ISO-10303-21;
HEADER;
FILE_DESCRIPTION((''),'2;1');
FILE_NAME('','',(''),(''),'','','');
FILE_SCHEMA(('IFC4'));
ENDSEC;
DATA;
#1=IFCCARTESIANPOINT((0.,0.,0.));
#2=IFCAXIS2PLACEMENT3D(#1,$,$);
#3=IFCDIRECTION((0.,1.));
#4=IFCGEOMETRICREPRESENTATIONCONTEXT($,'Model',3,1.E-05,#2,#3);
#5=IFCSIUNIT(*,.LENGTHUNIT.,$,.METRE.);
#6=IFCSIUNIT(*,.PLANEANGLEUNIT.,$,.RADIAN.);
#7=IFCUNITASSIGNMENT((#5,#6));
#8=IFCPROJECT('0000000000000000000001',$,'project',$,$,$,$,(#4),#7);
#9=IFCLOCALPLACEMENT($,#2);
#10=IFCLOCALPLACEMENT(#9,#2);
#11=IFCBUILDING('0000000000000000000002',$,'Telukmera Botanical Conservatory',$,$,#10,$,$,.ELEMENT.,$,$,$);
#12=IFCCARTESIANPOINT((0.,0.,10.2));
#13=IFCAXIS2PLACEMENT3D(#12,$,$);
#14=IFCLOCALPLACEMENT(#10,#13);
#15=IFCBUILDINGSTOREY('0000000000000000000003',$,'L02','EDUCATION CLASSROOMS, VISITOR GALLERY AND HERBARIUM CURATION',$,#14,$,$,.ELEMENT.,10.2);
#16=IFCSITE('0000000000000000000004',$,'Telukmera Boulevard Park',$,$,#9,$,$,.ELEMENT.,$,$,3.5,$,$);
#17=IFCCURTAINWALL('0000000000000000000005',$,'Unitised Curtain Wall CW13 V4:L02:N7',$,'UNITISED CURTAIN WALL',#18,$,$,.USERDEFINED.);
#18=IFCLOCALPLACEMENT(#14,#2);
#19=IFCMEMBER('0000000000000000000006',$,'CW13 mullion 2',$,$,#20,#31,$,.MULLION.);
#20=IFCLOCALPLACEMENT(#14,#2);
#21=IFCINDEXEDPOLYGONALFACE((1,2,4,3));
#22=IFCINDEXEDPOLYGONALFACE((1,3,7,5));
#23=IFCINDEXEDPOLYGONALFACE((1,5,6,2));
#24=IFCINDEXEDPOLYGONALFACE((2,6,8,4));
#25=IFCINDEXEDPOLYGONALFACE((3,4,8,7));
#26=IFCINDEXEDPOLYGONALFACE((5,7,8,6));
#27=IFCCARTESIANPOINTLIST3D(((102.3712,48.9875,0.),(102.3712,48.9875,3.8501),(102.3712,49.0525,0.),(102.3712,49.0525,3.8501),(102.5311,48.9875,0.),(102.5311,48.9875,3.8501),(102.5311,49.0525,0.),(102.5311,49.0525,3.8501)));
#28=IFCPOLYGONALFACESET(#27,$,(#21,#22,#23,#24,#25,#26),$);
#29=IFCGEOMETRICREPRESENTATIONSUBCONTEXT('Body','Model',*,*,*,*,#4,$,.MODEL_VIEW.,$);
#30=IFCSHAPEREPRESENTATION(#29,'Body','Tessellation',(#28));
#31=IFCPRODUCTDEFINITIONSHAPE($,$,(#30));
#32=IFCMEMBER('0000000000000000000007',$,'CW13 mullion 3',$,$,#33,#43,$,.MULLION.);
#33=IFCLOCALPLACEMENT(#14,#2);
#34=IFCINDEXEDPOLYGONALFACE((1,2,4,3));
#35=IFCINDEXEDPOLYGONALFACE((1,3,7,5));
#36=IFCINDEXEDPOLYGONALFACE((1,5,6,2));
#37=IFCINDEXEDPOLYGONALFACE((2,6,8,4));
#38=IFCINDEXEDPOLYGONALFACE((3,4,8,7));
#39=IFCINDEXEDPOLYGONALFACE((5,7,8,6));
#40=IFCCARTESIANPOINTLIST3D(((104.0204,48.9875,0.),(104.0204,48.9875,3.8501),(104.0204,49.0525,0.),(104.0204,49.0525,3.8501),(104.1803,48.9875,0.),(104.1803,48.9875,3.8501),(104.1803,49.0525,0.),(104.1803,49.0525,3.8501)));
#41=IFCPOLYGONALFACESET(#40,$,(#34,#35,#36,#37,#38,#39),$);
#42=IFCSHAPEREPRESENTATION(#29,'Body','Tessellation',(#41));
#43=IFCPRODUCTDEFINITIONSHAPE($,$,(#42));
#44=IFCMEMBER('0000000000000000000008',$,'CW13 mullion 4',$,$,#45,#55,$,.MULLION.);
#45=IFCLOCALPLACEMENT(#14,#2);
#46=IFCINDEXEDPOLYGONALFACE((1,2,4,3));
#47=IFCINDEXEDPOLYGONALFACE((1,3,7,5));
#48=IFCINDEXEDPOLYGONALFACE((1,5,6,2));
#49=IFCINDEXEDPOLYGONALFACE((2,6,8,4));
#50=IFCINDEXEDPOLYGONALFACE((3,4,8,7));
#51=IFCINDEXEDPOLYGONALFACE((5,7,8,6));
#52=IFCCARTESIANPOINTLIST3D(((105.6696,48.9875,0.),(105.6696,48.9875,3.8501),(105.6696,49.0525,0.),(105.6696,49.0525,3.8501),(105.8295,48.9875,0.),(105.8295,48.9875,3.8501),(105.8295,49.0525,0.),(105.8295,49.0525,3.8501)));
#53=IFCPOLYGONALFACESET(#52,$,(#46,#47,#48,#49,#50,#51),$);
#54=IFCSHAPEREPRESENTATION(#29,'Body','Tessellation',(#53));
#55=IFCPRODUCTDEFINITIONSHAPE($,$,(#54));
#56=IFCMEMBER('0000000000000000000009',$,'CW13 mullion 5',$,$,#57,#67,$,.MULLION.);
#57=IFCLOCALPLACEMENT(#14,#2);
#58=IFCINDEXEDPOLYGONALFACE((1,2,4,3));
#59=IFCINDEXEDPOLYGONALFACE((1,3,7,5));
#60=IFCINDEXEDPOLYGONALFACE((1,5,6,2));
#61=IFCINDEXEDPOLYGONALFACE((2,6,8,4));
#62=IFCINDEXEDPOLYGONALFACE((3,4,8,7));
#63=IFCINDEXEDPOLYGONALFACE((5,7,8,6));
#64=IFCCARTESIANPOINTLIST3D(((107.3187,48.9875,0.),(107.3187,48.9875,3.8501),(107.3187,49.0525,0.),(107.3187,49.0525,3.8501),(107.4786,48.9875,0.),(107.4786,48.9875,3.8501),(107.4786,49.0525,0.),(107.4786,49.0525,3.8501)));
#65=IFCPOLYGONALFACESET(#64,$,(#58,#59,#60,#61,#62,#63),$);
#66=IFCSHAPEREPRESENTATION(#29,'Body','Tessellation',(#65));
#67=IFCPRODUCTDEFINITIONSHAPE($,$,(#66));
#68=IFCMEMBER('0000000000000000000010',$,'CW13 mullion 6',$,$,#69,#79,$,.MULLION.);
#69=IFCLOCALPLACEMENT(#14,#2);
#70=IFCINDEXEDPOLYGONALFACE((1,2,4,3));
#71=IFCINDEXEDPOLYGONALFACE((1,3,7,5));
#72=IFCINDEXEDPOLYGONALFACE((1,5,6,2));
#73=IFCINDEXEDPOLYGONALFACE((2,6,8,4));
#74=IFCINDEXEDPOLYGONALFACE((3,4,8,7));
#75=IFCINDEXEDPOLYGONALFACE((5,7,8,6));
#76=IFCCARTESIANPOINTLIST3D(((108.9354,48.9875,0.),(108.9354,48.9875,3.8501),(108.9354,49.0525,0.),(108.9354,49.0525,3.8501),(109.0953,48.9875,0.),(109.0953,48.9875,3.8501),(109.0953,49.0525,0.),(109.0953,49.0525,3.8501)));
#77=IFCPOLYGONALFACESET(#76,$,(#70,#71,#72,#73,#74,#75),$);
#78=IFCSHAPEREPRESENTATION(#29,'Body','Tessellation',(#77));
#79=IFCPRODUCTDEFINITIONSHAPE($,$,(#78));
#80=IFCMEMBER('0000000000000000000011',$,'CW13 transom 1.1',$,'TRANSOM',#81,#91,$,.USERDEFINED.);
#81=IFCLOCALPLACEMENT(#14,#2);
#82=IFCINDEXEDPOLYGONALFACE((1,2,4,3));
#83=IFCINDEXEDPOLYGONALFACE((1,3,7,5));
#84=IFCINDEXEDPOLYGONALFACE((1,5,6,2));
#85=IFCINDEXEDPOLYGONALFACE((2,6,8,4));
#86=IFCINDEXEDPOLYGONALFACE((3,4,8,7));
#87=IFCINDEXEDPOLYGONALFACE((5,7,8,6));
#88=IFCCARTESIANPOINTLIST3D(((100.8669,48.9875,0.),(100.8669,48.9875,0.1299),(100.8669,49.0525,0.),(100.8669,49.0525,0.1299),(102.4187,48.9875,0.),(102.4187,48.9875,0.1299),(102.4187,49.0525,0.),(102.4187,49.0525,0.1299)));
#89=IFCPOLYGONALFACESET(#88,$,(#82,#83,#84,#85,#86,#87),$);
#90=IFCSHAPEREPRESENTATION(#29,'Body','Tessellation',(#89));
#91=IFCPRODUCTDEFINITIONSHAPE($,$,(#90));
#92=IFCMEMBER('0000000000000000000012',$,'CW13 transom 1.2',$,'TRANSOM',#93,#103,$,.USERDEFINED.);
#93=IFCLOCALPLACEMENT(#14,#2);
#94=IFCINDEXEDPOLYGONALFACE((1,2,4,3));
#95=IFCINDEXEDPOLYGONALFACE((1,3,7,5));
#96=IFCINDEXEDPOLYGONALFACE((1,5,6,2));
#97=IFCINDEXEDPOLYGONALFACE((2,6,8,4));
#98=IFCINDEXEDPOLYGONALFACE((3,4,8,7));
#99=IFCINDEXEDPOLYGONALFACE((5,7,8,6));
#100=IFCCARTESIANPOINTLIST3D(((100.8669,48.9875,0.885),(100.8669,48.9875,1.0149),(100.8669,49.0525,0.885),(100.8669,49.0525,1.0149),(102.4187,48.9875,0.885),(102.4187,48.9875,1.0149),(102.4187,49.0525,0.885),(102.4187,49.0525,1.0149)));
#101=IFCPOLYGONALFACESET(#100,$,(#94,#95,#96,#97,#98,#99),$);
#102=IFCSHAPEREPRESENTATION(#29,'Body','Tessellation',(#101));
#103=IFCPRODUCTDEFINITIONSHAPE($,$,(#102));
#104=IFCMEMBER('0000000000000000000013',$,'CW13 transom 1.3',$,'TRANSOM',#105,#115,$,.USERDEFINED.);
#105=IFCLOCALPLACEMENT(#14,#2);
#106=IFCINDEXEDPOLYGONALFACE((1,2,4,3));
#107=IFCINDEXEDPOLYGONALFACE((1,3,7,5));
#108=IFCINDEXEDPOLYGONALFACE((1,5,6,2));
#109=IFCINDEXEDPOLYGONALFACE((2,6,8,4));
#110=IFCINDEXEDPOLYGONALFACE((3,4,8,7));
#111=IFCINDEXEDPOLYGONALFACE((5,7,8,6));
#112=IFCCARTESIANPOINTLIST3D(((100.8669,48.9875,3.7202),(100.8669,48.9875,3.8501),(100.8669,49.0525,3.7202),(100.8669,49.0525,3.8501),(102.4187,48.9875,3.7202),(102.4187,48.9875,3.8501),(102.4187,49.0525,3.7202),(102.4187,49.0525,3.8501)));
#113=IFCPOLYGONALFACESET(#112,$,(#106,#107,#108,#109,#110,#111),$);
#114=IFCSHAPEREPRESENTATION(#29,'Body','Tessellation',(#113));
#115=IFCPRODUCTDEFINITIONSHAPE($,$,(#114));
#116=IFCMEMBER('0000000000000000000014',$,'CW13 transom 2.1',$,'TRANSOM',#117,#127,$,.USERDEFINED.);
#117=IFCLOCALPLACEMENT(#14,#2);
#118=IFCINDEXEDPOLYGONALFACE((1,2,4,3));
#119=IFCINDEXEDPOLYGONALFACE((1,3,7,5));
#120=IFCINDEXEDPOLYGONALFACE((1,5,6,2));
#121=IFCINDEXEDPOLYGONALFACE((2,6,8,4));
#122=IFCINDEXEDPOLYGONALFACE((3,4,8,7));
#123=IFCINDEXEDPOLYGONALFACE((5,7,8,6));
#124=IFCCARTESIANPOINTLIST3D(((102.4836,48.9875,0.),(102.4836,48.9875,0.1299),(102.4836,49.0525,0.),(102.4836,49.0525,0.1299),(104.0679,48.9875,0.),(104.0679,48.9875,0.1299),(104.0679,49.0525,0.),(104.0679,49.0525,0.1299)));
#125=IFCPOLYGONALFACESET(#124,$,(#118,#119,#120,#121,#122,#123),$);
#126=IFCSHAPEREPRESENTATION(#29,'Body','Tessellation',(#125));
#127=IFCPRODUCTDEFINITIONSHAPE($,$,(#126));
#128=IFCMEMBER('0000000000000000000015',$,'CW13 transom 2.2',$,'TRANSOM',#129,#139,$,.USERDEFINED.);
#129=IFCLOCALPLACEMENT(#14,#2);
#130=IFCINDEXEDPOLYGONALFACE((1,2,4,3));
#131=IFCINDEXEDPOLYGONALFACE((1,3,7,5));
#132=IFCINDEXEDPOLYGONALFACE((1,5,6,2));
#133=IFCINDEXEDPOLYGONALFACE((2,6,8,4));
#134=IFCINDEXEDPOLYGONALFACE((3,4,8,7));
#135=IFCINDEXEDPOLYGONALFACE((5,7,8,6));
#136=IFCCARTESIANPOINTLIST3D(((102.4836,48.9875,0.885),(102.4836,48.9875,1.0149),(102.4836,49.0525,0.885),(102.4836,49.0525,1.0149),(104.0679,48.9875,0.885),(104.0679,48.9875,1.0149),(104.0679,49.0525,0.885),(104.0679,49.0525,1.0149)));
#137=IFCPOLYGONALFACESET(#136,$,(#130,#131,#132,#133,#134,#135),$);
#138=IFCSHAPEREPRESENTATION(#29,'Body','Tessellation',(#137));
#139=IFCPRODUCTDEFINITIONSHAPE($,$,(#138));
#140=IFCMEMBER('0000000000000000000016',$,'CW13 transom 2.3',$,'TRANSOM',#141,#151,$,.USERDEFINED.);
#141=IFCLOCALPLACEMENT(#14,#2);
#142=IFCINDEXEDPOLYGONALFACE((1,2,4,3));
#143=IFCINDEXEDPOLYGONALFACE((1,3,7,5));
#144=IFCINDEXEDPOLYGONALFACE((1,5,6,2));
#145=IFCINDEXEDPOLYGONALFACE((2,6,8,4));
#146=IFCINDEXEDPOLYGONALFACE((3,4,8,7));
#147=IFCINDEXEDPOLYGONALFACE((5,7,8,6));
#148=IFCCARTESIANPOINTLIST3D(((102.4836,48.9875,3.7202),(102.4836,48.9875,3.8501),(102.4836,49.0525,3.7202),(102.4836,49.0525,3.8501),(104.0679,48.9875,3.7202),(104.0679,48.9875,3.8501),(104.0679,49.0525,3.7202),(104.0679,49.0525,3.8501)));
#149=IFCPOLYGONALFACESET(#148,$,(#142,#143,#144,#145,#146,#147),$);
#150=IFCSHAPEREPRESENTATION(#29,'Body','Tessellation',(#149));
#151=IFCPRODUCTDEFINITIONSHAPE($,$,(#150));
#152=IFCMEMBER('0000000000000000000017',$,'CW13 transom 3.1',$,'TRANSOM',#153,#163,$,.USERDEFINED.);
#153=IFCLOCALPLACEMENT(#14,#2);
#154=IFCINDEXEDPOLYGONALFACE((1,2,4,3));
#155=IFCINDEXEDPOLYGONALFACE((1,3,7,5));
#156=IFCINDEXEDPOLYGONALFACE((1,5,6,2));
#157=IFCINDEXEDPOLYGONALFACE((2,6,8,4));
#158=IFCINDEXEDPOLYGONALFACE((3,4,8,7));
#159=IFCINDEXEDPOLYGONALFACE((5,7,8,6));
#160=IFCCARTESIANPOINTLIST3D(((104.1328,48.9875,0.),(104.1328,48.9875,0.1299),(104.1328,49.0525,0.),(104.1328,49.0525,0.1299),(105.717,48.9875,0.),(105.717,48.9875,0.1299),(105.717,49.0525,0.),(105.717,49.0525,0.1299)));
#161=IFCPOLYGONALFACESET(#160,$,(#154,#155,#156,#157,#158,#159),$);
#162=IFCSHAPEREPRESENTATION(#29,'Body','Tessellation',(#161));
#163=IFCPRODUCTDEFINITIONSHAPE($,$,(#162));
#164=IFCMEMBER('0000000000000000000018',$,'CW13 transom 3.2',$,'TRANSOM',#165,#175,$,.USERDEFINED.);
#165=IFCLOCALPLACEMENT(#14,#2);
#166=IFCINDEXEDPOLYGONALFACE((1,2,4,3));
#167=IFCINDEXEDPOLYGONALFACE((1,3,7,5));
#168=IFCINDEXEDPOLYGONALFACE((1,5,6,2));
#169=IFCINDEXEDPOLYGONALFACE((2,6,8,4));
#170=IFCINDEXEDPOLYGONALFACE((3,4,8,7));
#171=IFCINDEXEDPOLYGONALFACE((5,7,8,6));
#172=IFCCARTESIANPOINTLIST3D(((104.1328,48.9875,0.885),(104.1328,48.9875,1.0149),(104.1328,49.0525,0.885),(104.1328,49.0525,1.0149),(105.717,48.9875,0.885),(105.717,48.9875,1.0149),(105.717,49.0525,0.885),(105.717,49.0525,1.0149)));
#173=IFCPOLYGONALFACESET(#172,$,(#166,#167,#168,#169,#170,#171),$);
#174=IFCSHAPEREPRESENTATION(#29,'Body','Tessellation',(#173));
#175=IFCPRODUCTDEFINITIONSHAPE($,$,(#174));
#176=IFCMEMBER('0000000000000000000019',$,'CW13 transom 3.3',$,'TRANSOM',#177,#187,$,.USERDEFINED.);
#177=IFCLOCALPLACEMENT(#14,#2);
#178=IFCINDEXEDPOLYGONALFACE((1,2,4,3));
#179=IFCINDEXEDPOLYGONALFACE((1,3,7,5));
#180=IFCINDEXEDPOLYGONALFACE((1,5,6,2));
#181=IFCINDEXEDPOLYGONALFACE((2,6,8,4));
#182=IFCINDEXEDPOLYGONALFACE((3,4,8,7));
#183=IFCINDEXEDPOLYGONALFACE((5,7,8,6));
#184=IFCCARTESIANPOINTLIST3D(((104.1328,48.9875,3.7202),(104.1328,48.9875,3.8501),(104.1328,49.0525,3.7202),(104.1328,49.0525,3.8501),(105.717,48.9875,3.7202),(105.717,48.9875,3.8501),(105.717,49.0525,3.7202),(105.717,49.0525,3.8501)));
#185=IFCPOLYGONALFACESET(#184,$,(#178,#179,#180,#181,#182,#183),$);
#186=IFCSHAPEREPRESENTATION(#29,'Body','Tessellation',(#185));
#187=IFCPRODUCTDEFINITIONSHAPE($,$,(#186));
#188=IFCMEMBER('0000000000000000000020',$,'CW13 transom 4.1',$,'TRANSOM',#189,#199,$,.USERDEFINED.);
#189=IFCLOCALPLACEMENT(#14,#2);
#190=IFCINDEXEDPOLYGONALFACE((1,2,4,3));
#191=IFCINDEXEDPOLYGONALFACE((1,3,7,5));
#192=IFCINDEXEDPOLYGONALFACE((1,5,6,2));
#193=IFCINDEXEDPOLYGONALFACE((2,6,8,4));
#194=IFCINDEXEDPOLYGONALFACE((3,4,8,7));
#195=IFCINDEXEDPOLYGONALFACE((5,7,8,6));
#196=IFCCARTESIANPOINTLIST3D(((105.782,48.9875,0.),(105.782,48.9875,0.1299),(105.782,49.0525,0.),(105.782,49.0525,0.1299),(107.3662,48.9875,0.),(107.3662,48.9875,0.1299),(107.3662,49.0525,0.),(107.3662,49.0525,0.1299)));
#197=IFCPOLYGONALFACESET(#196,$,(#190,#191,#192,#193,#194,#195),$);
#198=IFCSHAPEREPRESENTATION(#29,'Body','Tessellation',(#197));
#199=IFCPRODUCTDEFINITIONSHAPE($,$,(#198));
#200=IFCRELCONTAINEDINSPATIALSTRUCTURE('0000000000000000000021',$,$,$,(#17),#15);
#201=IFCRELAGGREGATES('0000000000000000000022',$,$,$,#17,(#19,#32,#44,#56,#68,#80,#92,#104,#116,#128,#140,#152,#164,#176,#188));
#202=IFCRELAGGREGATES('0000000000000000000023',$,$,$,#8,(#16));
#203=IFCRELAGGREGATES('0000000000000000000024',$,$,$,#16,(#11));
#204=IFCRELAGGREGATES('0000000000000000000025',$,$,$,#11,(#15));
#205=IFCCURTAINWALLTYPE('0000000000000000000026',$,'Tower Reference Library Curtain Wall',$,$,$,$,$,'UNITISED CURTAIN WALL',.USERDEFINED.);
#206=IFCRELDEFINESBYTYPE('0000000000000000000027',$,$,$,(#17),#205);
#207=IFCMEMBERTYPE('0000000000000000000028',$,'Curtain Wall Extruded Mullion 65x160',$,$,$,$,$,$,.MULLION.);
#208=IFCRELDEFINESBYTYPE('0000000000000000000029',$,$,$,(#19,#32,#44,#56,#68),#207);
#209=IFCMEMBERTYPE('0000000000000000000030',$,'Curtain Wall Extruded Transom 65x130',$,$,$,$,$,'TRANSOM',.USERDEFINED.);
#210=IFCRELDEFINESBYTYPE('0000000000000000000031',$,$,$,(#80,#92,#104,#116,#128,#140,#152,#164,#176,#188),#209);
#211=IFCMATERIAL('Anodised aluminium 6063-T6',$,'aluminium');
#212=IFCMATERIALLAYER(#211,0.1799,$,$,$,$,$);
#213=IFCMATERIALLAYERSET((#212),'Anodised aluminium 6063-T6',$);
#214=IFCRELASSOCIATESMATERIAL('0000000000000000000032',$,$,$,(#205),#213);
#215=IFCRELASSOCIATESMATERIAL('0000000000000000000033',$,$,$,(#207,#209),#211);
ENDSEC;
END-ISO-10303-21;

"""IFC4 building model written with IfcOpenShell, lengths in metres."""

from ifc_helpers import new_model, si_unit, direction, frame, origin, origin_2d, place, context, subcontext, project, spatial, rectangle, extrude, material, layer, layer_set, material_profile, profile_set, type_object, element, aggregate, save


model = new_model("IFC4")

# Units and contexts
model_context = context("Model", 3, precision=1e-05, world=origin(), true_north=direction((0.0, 1.0)))
body_context = subcontext(model_context, "Body", "Model", "MODEL_VIEW")
ifc_project = project(units=[si_unit("LENGTHUNIT", "METRE"), si_unit("PLANEANGLEUNIT", "RADIAN")], contexts=[model_context])

# Site, building, storey
site_placement = place(None, origin())
site = spatial("IfcSite", under=ifc_project, at=site_placement, Name="Telukmera Boulevard Park", CompositionType="ELEMENT", RefElevation=3.5)
building_placement = place(site_placement, origin())
building = spatial("IfcBuilding", under=site, at=building_placement, Name="Telukmera Botanical Conservatory", CompositionType="ELEMENT")
storey_placement = place(building_placement, frame((0.0, 0.0, 10.2)))
storey = spatial("IfcBuildingStorey", under=building, at=storey_placement, Name="L02", Description="EDUCATION CLASSROOMS, VISITOR GALLERY AND HERBARIUM CURATION", CompositionType="ELEMENT", Elevation=10.2)

# Curtain wall, members
ifc_material_1 = material(Name="Anodised aluminium 6063-T6", Category="aluminium")
ifc_layer_1 = layer(ifc_material_1, 0.1799)
ifc_layer_set_1 = layer_set([ifc_layer_1], Name="Anodised aluminium 6063-T6")
curtain_wall_type = type_object("IfcCurtainWallType", Name="Tower Reference Library Curtain Wall", ElementType="UNITISED CURTAIN WALL", PredefinedType="USERDEFINED", material=ifc_layer_set_1)
curtain_wall_placement = place(storey_placement, origin())
curtain_wall = element("IfcCurtainWall", 1, at=curtain_wall_placement, inside=storey, type_object=curtain_wall_type, Name="Unitised Curtain Wall CW13 V4:L02:N7", ObjectType="UNITISED CURTAIN WALL", PredefinedType="USERDEFINED")
ifc_material_profile_1 = material_profile(ifc_material_1, rectangle(XDim=0.0649, YDim=0.1599, at=origin_2d()), Name="ALU MULL 65x160")
ifc_profile_set_1 = profile_set([ifc_material_profile_1], Name="Anodised aluminium 6063-T6")
member_type_1 = type_object("IfcMemberType", Name="Curtain Wall Extruded Mullion 65x160", PredefinedType="MULLION", material=ifc_profile_set_1)
member_1_placement = place(storey_placement, frame((102.4512, 49.02, 0.0), z_axis=(0.0, 0.0, 1.0), x_axis=(0.0, 1.0, 0.0)))
member_1 = element("IfcMember", 2, at=member_1_placement, type_object=member_type_1, Name="CW13 mullion 2", PredefinedType="MULLION", context=body_context, shape_type="SweptSolid", body=[
    extrude(rectangle(XDim=0.0649, YDim=0.1599, at=origin_2d()), origin(), (0.0, 0.0, 1.0), 3.8501),
])
member_2_placement = place(storey_placement, frame((104.1003, 49.02, 0.0), z_axis=(0.0, 0.0, 1.0), x_axis=(0.0, 1.0, 0.0)))
member_2 = element("IfcMember", 3, at=member_2_placement, type_object=member_type_1, Name="CW13 mullion 3", PredefinedType="MULLION", context=body_context, shape_type="SweptSolid", body=[
    extrude(rectangle(XDim=0.0649, YDim=0.1599, at=origin_2d()), origin(), (0.0, 0.0, 1.0), 3.8501),
])
member_3_placement = place(storey_placement, frame((105.7495, 49.02, 0.0), z_axis=(0.0, 0.0, 1.0), x_axis=(0.0, 1.0, 0.0)))
member_3 = element("IfcMember", 4, at=member_3_placement, type_object=member_type_1, Name="CW13 mullion 4", PredefinedType="MULLION", context=body_context, shape_type="SweptSolid", body=[
    extrude(rectangle(XDim=0.0649, YDim=0.1599, at=origin_2d()), origin(), (0.0, 0.0, 1.0), 3.8501),
])
member_4_placement = place(storey_placement, frame((107.3987, 49.02, 0.0), z_axis=(0.0, 0.0, 1.0), x_axis=(0.0, 1.0, 0.0)))
member_4 = element("IfcMember", 5, at=member_4_placement, type_object=member_type_1, Name="CW13 mullion 5", PredefinedType="MULLION", context=body_context, shape_type="SweptSolid", body=[
    extrude(rectangle(XDim=0.0649, YDim=0.1599, at=origin_2d()), origin(), (0.0, 0.0, 1.0), 3.8501),
])
member_5_placement = place(storey_placement, frame((109.0154, 49.02, 0.0), z_axis=(0.0, 0.0, 1.0), x_axis=(0.0, 1.0, 0.0)))
member_5 = element("IfcMember", 6, at=member_5_placement, type_object=member_type_1, Name="CW13 mullion 6", PredefinedType="MULLION", context=body_context, shape_type="SweptSolid", body=[
    extrude(rectangle(XDim=0.0649, YDim=0.1599, at=origin_2d()), origin(), (0.0, 0.0, 1.0), 3.8501),
])
ifc_material_profile_2 = material_profile(ifc_material_1, rectangle(XDim=0.0649, YDim=0.1299, at=origin_2d()), Name="ALU TRAN 65x130")
ifc_profile_set_2 = profile_set([ifc_material_profile_2], Name="Anodised aluminium 6063-T6")
member_type_2 = type_object("IfcMemberType", Name="Curtain Wall Extruded Transom 65x130", ElementType="TRANSOM", PredefinedType="USERDEFINED", material=ifc_profile_set_2)
member_6_placement = place(storey_placement, frame((100.8669, 49.02, 0.0649), z_axis=(1.0, 0.0, 0.0), x_axis=(0.0, 1.0, 0.0)))
member_6 = element("IfcMember", 7, at=member_6_placement, type_object=member_type_2, Name="CW13 transom 1.1", ObjectType="TRANSOM", PredefinedType="USERDEFINED", context=body_context, shape_type="SweptSolid", body=[
    extrude(rectangle(XDim=0.0649, YDim=0.1299, at=origin_2d()), origin(), (0.0, 0.0, 1.0), 1.5518),
])
member_7_placement = place(storey_placement, frame((100.8669, 49.02, 0.95), z_axis=(1.0, 0.0, 0.0), x_axis=(0.0, 1.0, 0.0)))
member_7 = element("IfcMember", 8, at=member_7_placement, type_object=member_type_2, Name="CW13 transom 1.2", ObjectType="TRANSOM", PredefinedType="USERDEFINED", context=body_context, shape_type="SweptSolid", body=[
    extrude(rectangle(XDim=0.0649, YDim=0.1299, at=origin_2d()), origin(), (0.0, 0.0, 1.0), 1.5518),
])
member_8_placement = place(storey_placement, frame((100.8669, 49.02, 3.7852), z_axis=(1.0, 0.0, 0.0), x_axis=(0.0, 1.0, 0.0)))
member_8 = element("IfcMember", 9, at=member_8_placement, type_object=member_type_2, Name="CW13 transom 1.3", ObjectType="TRANSOM", PredefinedType="USERDEFINED", context=body_context, shape_type="SweptSolid", body=[
    extrude(rectangle(XDim=0.0649, YDim=0.1299, at=origin_2d()), origin(), (0.0, 0.0, 1.0), 1.5518),
])
member_9_placement = place(storey_placement, frame((102.4836, 49.02, 0.0649), z_axis=(1.0, 0.0, 0.0), x_axis=(0.0, 1.0, 0.0)))
member_9 = element("IfcMember", 10, at=member_9_placement, type_object=member_type_2, Name="CW13 transom 2.1", ObjectType="TRANSOM", PredefinedType="USERDEFINED", context=body_context, shape_type="SweptSolid", body=[
    extrude(rectangle(XDim=0.0649, YDim=0.1299, at=origin_2d()), origin(), (0.0, 0.0, 1.0), 1.5842),
])
member_10_placement = place(storey_placement, frame((102.4836, 49.02, 0.95), z_axis=(1.0, 0.0, 0.0), x_axis=(0.0, 1.0, 0.0)))
member_10 = element("IfcMember", 11, at=member_10_placement, type_object=member_type_2, Name="CW13 transom 2.2", ObjectType="TRANSOM", PredefinedType="USERDEFINED", context=body_context, shape_type="SweptSolid", body=[
    extrude(rectangle(XDim=0.0649, YDim=0.1299, at=origin_2d()), origin(), (0.0, 0.0, 1.0), 1.5842),
])
member_11_placement = place(storey_placement, frame((102.4836, 49.02, 3.7852), z_axis=(1.0, 0.0, 0.0), x_axis=(0.0, 1.0, 0.0)))
member_11 = element("IfcMember", 12, at=member_11_placement, type_object=member_type_2, Name="CW13 transom 2.3", ObjectType="TRANSOM", PredefinedType="USERDEFINED", context=body_context, shape_type="SweptSolid", body=[
    extrude(rectangle(XDim=0.0649, YDim=0.1299, at=origin_2d()), origin(), (0.0, 0.0, 1.0), 1.5842),
])
member_12_placement = place(storey_placement, frame((104.1328, 49.02, 0.0649), z_axis=(1.0, 0.0, 0.0), x_axis=(0.0, 1.0, 0.0)))
member_12 = element("IfcMember", 13, at=member_12_placement, type_object=member_type_2, Name="CW13 transom 3.1", ObjectType="TRANSOM", PredefinedType="USERDEFINED", context=body_context, shape_type="SweptSolid", body=[
    extrude(rectangle(XDim=0.0649, YDim=0.1299, at=origin_2d()), origin(), (0.0, 0.0, 1.0), 1.5842),
])
member_13_placement = place(storey_placement, frame((104.1328, 49.02, 0.95), z_axis=(1.0, 0.0, 0.0), x_axis=(0.0, 1.0, 0.0)))
member_13 = element("IfcMember", 14, at=member_13_placement, type_object=member_type_2, Name="CW13 transom 3.2", ObjectType="TRANSOM", PredefinedType="USERDEFINED", context=body_context, shape_type="SweptSolid", body=[
    extrude(rectangle(XDim=0.0649, YDim=0.1299, at=origin_2d()), origin(), (0.0, 0.0, 1.0), 1.5842),
])
member_14_placement = place(storey_placement, frame((104.1328, 49.02, 3.7852), z_axis=(1.0, 0.0, 0.0), x_axis=(0.0, 1.0, 0.0)))
member_14 = element("IfcMember", 15, at=member_14_placement, type_object=member_type_2, Name="CW13 transom 3.3", ObjectType="TRANSOM", PredefinedType="USERDEFINED", context=body_context, shape_type="SweptSolid", body=[
    extrude(rectangle(XDim=0.0649, YDim=0.1299, at=origin_2d()), origin(), (0.0, 0.0, 1.0), 1.5842),
])
member_15_placement = place(storey_placement, frame((105.782, 49.02, 0.0649), z_axis=(1.0, 0.0, 0.0), x_axis=(0.0, 1.0, 0.0)))
member_15 = element("IfcMember", 16, at=member_15_placement, type_object=member_type_2, Name="CW13 transom 4.1", ObjectType="TRANSOM", PredefinedType="USERDEFINED", context=body_context, shape_type="SweptSolid", body=[
    extrude(rectangle(XDim=0.0649, YDim=0.1299, at=origin_2d()), origin(), (0.0, 0.0, 1.0), 1.5842),
])
aggregate(curtain_wall, [member_1, member_2, member_3, member_4, member_5, member_6, member_7, member_8, member_9, member_10, member_11, member_12, member_13, member_14, member_15])

save(model, "model.ifc")
